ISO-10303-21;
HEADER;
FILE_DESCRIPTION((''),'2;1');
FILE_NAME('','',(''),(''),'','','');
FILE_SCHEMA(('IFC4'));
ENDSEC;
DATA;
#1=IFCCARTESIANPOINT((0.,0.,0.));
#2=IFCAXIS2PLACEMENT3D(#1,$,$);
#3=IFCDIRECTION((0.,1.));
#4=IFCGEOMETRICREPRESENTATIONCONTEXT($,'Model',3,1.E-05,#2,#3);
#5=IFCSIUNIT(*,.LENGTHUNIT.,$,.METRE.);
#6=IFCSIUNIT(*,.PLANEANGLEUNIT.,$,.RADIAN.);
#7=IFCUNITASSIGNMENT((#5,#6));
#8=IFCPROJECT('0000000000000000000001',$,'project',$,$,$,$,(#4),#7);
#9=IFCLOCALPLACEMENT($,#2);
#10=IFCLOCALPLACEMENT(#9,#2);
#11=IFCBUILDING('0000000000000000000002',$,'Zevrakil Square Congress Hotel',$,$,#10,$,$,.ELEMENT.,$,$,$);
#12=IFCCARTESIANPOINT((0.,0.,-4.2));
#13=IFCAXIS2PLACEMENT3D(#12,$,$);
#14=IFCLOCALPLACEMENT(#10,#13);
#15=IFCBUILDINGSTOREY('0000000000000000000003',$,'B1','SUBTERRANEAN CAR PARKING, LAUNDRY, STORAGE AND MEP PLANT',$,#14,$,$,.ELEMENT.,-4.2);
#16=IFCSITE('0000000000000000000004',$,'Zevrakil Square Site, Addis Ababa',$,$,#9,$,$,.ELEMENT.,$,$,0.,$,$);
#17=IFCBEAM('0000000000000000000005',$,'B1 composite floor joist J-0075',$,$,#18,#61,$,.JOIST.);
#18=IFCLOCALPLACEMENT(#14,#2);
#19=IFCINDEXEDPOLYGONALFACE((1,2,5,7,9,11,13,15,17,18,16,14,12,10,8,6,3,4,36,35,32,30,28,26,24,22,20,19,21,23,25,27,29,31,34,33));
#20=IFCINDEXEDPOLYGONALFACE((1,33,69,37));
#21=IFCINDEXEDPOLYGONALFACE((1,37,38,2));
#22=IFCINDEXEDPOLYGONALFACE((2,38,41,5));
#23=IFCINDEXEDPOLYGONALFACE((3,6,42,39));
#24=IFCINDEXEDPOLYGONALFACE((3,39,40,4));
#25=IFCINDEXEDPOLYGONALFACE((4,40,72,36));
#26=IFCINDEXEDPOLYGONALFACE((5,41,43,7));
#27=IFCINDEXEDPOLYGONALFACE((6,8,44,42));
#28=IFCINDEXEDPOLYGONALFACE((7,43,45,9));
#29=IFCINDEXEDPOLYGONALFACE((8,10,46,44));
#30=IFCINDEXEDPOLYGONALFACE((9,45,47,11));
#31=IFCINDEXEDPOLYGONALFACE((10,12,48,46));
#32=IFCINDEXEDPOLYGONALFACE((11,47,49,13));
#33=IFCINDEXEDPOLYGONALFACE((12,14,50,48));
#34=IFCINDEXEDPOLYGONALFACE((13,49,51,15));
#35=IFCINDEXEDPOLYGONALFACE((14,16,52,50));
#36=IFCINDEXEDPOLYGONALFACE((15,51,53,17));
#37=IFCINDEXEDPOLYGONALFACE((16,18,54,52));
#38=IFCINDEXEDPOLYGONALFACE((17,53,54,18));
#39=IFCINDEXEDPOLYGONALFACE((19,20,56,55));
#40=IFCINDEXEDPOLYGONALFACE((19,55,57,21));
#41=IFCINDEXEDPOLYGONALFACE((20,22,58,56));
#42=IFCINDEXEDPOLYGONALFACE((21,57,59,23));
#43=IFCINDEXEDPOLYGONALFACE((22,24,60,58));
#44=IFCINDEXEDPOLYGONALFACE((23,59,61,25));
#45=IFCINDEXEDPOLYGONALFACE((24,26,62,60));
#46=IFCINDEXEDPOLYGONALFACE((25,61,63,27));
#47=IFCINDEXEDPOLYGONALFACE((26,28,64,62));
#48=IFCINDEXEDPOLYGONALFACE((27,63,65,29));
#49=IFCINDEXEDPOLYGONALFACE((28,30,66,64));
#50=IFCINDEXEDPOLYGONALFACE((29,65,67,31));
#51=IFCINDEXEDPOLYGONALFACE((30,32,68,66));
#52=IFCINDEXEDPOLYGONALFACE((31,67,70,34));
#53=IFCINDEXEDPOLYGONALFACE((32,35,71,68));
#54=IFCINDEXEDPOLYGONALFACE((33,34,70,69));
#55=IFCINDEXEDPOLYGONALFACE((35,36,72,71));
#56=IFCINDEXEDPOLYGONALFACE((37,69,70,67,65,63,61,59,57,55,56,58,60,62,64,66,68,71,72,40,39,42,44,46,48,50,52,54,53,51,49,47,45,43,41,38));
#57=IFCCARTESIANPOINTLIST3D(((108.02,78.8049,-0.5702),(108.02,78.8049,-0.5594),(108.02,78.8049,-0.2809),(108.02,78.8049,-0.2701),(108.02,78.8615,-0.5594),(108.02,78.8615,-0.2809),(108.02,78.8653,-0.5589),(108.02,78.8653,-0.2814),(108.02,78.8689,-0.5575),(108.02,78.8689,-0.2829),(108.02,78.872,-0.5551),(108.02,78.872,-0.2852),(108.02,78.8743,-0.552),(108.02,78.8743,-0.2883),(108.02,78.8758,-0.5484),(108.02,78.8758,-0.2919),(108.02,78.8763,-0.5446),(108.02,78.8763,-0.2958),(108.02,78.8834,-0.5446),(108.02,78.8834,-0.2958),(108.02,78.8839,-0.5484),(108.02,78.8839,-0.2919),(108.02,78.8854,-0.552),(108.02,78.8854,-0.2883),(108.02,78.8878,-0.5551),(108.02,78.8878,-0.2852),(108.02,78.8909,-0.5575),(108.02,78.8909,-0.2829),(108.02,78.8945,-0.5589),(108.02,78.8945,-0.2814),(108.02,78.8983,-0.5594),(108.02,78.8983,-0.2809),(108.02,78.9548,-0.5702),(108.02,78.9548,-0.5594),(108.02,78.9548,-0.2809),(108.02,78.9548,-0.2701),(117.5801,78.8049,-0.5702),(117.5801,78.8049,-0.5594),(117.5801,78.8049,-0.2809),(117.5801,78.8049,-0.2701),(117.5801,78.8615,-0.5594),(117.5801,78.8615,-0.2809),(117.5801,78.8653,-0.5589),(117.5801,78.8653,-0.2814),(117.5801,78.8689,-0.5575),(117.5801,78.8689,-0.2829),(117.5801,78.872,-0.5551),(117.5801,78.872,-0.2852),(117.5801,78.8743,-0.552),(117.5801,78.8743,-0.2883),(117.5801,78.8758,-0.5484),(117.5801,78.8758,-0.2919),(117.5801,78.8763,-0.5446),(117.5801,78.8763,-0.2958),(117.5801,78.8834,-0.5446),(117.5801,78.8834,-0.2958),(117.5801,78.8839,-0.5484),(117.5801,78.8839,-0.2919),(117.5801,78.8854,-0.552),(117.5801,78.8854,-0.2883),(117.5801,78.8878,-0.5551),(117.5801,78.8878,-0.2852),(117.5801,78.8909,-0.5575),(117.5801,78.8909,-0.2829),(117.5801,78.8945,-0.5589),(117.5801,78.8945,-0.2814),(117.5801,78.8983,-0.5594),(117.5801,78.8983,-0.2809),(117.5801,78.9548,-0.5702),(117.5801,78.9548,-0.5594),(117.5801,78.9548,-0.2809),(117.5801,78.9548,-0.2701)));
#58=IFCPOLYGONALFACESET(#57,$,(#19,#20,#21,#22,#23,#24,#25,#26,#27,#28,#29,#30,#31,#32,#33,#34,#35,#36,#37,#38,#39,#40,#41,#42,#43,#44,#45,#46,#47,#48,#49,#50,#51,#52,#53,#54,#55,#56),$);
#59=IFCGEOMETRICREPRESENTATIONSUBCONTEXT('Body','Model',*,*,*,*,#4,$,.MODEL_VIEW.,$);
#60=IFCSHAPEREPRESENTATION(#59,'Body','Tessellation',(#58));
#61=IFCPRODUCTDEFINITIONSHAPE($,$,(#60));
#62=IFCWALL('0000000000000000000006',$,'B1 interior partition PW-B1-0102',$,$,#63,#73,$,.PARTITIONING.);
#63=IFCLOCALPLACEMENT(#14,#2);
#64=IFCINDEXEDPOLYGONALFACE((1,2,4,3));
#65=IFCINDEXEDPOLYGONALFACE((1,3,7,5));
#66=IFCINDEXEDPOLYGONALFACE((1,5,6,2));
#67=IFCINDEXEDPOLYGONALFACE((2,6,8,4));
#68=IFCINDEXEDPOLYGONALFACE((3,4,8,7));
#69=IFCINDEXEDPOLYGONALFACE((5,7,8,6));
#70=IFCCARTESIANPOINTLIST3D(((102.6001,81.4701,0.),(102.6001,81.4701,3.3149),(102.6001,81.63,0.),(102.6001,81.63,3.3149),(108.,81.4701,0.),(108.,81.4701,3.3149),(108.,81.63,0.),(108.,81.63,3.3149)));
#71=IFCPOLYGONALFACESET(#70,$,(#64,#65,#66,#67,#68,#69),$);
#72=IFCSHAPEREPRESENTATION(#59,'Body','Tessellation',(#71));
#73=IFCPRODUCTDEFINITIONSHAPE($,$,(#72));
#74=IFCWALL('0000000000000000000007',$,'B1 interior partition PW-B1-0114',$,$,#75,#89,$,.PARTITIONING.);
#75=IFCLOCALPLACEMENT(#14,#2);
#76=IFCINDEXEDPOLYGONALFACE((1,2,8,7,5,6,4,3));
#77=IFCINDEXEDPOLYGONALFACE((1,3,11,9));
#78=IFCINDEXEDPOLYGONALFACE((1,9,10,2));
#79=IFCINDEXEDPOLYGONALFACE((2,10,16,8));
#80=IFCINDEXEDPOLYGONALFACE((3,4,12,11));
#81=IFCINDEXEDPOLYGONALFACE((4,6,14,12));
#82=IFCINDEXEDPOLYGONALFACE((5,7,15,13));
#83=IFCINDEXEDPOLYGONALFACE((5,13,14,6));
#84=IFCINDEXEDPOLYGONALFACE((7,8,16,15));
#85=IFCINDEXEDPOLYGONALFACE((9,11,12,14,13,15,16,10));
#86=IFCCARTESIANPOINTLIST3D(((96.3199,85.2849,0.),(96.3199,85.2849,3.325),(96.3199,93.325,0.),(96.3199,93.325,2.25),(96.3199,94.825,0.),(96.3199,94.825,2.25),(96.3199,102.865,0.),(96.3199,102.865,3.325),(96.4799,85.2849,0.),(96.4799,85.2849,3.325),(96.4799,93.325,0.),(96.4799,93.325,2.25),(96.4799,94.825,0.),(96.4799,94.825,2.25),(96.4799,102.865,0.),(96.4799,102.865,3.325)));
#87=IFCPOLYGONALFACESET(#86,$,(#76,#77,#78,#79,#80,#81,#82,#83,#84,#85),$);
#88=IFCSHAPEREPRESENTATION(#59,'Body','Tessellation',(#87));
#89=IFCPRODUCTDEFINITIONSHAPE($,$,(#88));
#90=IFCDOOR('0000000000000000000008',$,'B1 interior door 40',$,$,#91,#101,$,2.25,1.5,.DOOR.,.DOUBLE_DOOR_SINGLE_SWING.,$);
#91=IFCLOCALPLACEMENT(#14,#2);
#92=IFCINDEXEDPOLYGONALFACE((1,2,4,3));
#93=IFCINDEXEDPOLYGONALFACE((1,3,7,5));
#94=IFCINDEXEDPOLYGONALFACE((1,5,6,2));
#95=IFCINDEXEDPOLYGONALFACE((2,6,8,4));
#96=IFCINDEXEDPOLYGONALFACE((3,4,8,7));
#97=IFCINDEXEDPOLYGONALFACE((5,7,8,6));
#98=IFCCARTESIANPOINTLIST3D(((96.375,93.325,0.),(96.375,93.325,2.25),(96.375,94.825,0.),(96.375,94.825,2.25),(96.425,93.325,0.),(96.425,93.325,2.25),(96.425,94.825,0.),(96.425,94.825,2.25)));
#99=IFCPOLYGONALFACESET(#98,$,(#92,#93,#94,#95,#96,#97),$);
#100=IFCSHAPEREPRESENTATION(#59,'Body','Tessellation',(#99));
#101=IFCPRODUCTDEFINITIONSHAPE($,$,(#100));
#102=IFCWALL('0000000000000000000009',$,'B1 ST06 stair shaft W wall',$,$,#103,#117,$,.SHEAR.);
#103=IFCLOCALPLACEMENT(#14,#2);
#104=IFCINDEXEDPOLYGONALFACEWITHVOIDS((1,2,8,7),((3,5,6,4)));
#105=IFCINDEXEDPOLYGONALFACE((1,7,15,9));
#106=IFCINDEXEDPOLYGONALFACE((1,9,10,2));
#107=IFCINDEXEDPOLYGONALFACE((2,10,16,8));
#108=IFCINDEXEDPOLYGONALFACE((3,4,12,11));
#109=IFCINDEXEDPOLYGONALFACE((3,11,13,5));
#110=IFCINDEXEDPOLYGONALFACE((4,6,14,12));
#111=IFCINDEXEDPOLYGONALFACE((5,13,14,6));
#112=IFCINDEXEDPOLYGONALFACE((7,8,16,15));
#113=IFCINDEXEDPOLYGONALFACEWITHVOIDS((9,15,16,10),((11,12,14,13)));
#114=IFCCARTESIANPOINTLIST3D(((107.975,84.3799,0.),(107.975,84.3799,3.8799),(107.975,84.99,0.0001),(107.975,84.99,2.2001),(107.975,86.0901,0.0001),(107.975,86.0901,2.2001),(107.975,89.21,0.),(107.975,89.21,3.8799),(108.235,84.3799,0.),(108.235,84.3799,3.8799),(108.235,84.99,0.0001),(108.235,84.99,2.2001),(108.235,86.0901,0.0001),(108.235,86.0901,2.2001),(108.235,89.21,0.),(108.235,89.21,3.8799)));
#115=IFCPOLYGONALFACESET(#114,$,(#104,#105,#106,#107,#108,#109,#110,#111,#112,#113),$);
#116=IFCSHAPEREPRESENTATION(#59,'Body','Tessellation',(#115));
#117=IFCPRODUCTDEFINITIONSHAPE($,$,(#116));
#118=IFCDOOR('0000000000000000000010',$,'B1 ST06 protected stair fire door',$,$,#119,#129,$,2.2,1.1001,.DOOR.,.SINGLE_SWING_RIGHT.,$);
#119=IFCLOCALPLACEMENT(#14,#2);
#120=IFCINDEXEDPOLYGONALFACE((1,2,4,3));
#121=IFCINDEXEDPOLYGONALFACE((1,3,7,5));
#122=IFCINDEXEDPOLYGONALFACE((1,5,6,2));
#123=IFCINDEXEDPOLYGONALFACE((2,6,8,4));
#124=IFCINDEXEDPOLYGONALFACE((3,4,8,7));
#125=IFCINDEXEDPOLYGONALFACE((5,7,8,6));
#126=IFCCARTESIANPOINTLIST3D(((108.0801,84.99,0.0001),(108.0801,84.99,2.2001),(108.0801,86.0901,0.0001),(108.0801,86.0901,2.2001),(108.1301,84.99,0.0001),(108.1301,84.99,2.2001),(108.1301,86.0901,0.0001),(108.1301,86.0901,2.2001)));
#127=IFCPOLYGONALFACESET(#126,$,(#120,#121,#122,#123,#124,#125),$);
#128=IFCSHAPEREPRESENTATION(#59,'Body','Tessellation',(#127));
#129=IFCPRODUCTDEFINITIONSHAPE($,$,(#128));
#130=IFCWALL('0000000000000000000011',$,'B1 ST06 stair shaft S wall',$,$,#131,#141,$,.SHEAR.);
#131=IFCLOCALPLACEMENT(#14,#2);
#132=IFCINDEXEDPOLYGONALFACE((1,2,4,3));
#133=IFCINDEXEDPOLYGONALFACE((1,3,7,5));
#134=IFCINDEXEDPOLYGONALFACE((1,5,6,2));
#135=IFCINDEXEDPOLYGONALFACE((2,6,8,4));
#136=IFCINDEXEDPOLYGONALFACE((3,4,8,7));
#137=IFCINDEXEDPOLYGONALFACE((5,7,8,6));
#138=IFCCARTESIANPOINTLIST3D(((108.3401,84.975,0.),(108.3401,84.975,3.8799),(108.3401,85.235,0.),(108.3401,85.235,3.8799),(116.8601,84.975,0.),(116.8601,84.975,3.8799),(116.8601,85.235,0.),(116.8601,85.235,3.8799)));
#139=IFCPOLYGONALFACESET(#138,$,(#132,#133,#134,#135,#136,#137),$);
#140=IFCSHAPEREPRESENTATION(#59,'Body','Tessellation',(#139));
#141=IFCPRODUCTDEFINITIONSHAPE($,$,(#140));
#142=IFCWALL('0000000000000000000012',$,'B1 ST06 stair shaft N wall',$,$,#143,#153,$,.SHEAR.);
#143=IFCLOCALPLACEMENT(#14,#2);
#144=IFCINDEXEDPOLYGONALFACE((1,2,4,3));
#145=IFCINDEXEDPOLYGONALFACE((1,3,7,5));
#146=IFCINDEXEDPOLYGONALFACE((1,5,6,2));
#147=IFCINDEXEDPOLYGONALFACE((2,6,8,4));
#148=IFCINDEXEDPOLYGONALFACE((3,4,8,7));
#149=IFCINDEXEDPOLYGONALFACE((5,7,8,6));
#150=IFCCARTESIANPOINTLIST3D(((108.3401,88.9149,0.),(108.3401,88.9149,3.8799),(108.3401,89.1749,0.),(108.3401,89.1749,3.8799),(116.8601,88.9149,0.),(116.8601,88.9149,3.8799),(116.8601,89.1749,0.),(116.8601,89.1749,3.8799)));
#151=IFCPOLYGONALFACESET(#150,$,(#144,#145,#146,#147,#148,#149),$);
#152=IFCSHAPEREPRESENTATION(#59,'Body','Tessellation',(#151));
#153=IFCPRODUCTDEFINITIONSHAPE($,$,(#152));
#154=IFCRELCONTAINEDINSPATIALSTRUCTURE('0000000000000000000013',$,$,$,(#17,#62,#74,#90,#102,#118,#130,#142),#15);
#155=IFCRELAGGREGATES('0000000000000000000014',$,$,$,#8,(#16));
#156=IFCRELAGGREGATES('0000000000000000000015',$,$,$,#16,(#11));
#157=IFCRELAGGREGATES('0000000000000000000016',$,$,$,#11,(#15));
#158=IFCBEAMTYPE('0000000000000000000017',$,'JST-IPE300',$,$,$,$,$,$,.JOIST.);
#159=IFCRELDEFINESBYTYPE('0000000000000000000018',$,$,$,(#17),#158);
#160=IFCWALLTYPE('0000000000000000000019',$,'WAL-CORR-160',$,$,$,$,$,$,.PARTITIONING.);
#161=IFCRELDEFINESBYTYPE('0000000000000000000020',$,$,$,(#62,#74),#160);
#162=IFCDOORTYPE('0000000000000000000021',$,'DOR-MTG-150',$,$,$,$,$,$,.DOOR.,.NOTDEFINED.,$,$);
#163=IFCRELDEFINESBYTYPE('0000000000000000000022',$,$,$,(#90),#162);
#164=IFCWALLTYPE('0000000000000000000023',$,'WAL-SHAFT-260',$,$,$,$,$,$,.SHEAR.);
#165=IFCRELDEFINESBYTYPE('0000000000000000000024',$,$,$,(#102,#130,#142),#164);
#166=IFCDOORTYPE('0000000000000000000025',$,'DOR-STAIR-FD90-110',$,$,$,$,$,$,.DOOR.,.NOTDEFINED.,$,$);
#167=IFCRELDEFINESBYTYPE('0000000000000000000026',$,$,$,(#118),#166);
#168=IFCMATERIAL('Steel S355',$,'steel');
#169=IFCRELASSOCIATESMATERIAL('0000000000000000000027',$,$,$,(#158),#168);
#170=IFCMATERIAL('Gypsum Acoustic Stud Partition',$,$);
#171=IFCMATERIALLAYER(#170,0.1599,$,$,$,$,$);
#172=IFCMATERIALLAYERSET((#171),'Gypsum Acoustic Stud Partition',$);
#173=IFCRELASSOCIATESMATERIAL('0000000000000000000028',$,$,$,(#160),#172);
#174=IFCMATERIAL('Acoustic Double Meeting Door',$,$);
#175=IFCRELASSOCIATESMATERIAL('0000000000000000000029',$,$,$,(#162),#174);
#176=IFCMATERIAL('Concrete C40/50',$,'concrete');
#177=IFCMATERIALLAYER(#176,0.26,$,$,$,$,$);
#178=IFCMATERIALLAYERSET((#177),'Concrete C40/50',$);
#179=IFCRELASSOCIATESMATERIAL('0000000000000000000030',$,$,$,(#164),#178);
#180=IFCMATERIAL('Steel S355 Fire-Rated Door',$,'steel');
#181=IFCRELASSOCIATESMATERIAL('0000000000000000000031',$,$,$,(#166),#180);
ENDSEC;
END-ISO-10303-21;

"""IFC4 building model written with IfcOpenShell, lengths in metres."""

from ifc_helpers import new_model, si_unit, direction, frame, frame_2d, origin, origin_2d, place, context, subcontext, project, spatial, rectangle, i_section, extrude, material, layer, layer_set, material_profile, profile_set, type_object, element, fill, save


model = new_model("IFC4")

# Units and contexts
model_context = context("Model", 3, precision=1e-05, world=origin(), true_north=direction((0.0, 1.0)))
body_context = subcontext(model_context, "Body", "Model", "MODEL_VIEW")
ifc_project = project(units=[si_unit("LENGTHUNIT", "METRE"), si_unit("PLANEANGLEUNIT", "RADIAN")], contexts=[model_context])

# Site, building, storey
site_placement = place(None, origin())
site = spatial("IfcSite", under=ifc_project, at=site_placement, Name="Zevrakil Square Site, Addis Ababa", CompositionType="ELEMENT", RefElevation=0.0)
building_placement = place(site_placement, origin())
building = spatial("IfcBuilding", under=site, at=building_placement, Name="Zevrakil Square Congress Hotel", CompositionType="ELEMENT")
storey_placement = place(building_placement, frame((0.0, 0.0, -4.2)))
storey = spatial("IfcBuildingStorey", under=building, at=storey_placement, Name="B1", Description="SUBTERRANEAN CAR PARKING, LAUNDRY, STORAGE AND MEP PLANT", CompositionType="ELEMENT", Elevation=-4.2)

# Beam
ifc_material_1 = material(Name="Steel S355", Category="steel")
ifc_material_profile_1 = material_profile(ifc_material_1, i_section(OverallWidth=0.1499, OverallDepth=0.3, WebThickness=0.0071, FlangeThickness=0.0107, FilletRadius=0.0149, at=origin_2d()), Name="IPE 300")
ifc_profile_set_1 = profile_set([ifc_material_profile_1], Name="Steel S355")
beam_type_1 = type_object("IfcBeamType", Name="JST-IPE300", PredefinedType="JOIST", material=ifc_profile_set_1)
beam_1_placement = place(storey_placement, frame((108.02, 78.8799, -0.4202), z_axis=(1.0, 0.0, 0.0), x_axis=(0.0, 1.0, 0.0)))
element("IfcBeam", 1, at=beam_1_placement, inside=storey, type_object=beam_type_1, Name="B1 composite floor joist J-0075", PredefinedType="JOIST", context=body_context, shape_type="SweptSolid", body=[
    extrude(i_section(OverallWidth=0.1499, OverallDepth=0.3, WebThickness=0.0071, FlangeThickness=0.0107, FilletRadius=0.0149, at=origin_2d()), origin(), (0.0, 0.0, 1.0), 9.5601),
])

# Wall
ifc_material_2 = material(Name="Gypsum Acoustic Stud Partition")
ifc_layer_1 = layer(ifc_material_2, 0.1599)
ifc_layer_set_1 = layer_set([ifc_layer_1], Name="Gypsum Acoustic Stud Partition")
wall_type_1 = type_object("IfcWallType", Name="WAL-CORR-160", PredefinedType="PARTITIONING", material=ifc_layer_set_1)
wall_1_placement = place(storey_placement, frame((102.6001, 81.55, 0.0), z_axis=(0.0, 0.0, 1.0), x_axis=(1.0, 0.0, 0.0)))
element("IfcWall", 2, at=wall_1_placement, inside=storey, type_object=wall_type_1, Name="B1 interior partition PW-B1-0102", PredefinedType="PARTITIONING", context=body_context, shape_type="SweptSolid", body=[
    extrude(rectangle(XDim=5.3999, YDim=0.1599, at=frame_2d((2.7, 0.0))), origin(), (0.0, 0.0, 1.0), 3.3149),
])

# Walls, openings, doors
wall_2_placement = place(storey_placement, frame((96.3999, 85.2849, 0.0), z_axis=(0.0, 0.0, 1.0), x_axis=(0.0, 1.0, 0.0)))
wall_2 = element("IfcWall", 3, at=wall_2_placement, inside=storey, type_object=wall_type_1, Name="B1 interior partition PW-B1-0114", PredefinedType="PARTITIONING", context=body_context, shape_type="SweptSolid", body=[
    extrude(rectangle(XDim=17.5801, YDim=0.1599, at=frame_2d((8.79, 0.0))), origin(), (0.0, 0.0, 1.0), 3.325),
])
opening_1_placement = place(wall_2_placement, frame((8.04, 0.0, 0.0)))
opening_1 = element("IfcOpeningElement", 4, at=opening_1_placement, cuts=wall_2, PredefinedType="OPENING", context=body_context, shape_type="SweptSolid", body=[
    extrude(rectangle(XDim=1.5, YDim=2.25, at=frame_2d((0.75, 1.125))), frame((0.0, 0.0898, 0.0), z_axis=(0.0, -1.0, 0.0), x_axis=(1.0, 0.0, 0.0)), (0.0, 0.0, 1.0), 0.1799),
])
ifc_material_3 = material(Name="Acoustic Double Meeting Door")
door_type_1 = type_object("IfcDoorType", Name="DOR-MTG-150", OperationType="NOTDEFINED", PredefinedType="DOOR", material=ifc_material_3)
door_1_placement = place(opening_1_placement, origin())
door_1 = element("IfcDoor", 5, at=door_1_placement, inside=storey, type_object=door_type_1, Name="B1 interior door 40", OperationType="DOUBLE_DOOR_SINGLE_SWING", OverallHeight=2.25, OverallWidth=1.5, PredefinedType="DOOR", context=body_context, shape_type="SweptSolid", body=[
    extrude(rectangle(XDim=1.5, YDim=2.25, at=frame_2d((0.75, 1.125))), frame((0.0, 0.0249, 0.0), z_axis=(0.0, -1.0, 0.0), x_axis=(1.0, 0.0, 0.0)), (0.0, 0.0, 1.0), 0.05),
])
fill(opening_1, door_1)
ifc_material_4 = material(Name="Concrete C40/50", Category="concrete")
ifc_layer_2 = layer(ifc_material_4, 0.26)
ifc_layer_set_2 = layer_set([ifc_layer_2], Name="Concrete C40/50")
wall_type_2 = type_object("IfcWallType", Name="WAL-SHAFT-260", PredefinedType="SHEAR", material=ifc_layer_set_2)
wall_3_placement = place(storey_placement, frame((108.105, 84.3799, 0.0), z_axis=(0.0, 0.0, 1.0), x_axis=(0.0, 1.0, 0.0)))
wall_3 = element("IfcWall", 6, at=wall_3_placement, inside=storey, type_object=wall_type_2, Name="B1 ST06 stair shaft W wall", PredefinedType="SHEAR", context=body_context, shape_type="SweptSolid", body=[
    extrude(rectangle(XDim=4.8301, YDim=0.26, at=frame_2d((2.415, 0.0))), origin(), (0.0, 0.0, 1.0), 3.8799),
])
opening_2_placement = place(wall_3_placement, frame((0.6101, 0.0, 0.0)))
opening_2 = element("IfcOpeningElement", 7, at=opening_2_placement, cuts=wall_3, PredefinedType="OPENING", context=body_context, shape_type="SweptSolid", body=[
    extrude(rectangle(XDim=1.1001, YDim=2.2, at=frame_2d((0.55, 1.1001))), frame((0.0, 0.1401, 0.0), z_axis=(0.0, -1.0, 0.0), x_axis=(1.0, 0.0, 0.0)), (0.0, 0.0, 1.0), 0.28),
])
ifc_material_5 = material(Name="Steel S355 Fire-Rated Door", Category="steel")
door_type_2 = type_object("IfcDoorType", Name="DOR-STAIR-FD90-110", OperationType="NOTDEFINED", PredefinedType="DOOR", material=ifc_material_5)
door_2_placement = place(opening_2_placement, origin())
door_2 = element("IfcDoor", 8, at=door_2_placement, inside=storey, type_object=door_type_2, Name="B1 ST06 protected stair fire door", OperationType="SINGLE_SWING_RIGHT", OverallHeight=2.2, OverallWidth=1.1001, PredefinedType="DOOR", context=body_context, shape_type="SweptSolid", body=[
    extrude(rectangle(XDim=1.1001, YDim=2.2, at=frame_2d((0.55, 1.1001))), frame((0.0, 0.0249, 0.0), z_axis=(0.0, -1.0, 0.0), x_axis=(1.0, 0.0, 0.0)), (0.0, 0.0, 1.0), 0.05),
])
fill(opening_2, door_2)

# Walls
for number, where, z_axis, x_axis, name in (
    (9, (108.3401, 85.105, 0.0), (0.0, 0.0, 1.0), (1.0, 0.0, 0.0), "B1 ST06 stair shaft S wall"),
    (10, (108.3401, 89.0449, 0.0), (0.0, 0.0, 1.0), (1.0, 0.0, 0.0), "B1 ST06 stair shaft N wall"),
):
    element("IfcWall", number, at=place(storey_placement, frame(where, z_axis=z_axis, x_axis=x_axis)), inside=storey, type_object=wall_type_2, Name=name, PredefinedType="SHEAR", context=body_context, shape_type="SweptSolid", body=[
        extrude(rectangle(XDim=8.52, YDim=0.26, at=frame_2d((4.26, 0.0))), origin(), (0.0, 0.0, 1.0), 3.8799),
    ])

save(model, "model.ifc")
